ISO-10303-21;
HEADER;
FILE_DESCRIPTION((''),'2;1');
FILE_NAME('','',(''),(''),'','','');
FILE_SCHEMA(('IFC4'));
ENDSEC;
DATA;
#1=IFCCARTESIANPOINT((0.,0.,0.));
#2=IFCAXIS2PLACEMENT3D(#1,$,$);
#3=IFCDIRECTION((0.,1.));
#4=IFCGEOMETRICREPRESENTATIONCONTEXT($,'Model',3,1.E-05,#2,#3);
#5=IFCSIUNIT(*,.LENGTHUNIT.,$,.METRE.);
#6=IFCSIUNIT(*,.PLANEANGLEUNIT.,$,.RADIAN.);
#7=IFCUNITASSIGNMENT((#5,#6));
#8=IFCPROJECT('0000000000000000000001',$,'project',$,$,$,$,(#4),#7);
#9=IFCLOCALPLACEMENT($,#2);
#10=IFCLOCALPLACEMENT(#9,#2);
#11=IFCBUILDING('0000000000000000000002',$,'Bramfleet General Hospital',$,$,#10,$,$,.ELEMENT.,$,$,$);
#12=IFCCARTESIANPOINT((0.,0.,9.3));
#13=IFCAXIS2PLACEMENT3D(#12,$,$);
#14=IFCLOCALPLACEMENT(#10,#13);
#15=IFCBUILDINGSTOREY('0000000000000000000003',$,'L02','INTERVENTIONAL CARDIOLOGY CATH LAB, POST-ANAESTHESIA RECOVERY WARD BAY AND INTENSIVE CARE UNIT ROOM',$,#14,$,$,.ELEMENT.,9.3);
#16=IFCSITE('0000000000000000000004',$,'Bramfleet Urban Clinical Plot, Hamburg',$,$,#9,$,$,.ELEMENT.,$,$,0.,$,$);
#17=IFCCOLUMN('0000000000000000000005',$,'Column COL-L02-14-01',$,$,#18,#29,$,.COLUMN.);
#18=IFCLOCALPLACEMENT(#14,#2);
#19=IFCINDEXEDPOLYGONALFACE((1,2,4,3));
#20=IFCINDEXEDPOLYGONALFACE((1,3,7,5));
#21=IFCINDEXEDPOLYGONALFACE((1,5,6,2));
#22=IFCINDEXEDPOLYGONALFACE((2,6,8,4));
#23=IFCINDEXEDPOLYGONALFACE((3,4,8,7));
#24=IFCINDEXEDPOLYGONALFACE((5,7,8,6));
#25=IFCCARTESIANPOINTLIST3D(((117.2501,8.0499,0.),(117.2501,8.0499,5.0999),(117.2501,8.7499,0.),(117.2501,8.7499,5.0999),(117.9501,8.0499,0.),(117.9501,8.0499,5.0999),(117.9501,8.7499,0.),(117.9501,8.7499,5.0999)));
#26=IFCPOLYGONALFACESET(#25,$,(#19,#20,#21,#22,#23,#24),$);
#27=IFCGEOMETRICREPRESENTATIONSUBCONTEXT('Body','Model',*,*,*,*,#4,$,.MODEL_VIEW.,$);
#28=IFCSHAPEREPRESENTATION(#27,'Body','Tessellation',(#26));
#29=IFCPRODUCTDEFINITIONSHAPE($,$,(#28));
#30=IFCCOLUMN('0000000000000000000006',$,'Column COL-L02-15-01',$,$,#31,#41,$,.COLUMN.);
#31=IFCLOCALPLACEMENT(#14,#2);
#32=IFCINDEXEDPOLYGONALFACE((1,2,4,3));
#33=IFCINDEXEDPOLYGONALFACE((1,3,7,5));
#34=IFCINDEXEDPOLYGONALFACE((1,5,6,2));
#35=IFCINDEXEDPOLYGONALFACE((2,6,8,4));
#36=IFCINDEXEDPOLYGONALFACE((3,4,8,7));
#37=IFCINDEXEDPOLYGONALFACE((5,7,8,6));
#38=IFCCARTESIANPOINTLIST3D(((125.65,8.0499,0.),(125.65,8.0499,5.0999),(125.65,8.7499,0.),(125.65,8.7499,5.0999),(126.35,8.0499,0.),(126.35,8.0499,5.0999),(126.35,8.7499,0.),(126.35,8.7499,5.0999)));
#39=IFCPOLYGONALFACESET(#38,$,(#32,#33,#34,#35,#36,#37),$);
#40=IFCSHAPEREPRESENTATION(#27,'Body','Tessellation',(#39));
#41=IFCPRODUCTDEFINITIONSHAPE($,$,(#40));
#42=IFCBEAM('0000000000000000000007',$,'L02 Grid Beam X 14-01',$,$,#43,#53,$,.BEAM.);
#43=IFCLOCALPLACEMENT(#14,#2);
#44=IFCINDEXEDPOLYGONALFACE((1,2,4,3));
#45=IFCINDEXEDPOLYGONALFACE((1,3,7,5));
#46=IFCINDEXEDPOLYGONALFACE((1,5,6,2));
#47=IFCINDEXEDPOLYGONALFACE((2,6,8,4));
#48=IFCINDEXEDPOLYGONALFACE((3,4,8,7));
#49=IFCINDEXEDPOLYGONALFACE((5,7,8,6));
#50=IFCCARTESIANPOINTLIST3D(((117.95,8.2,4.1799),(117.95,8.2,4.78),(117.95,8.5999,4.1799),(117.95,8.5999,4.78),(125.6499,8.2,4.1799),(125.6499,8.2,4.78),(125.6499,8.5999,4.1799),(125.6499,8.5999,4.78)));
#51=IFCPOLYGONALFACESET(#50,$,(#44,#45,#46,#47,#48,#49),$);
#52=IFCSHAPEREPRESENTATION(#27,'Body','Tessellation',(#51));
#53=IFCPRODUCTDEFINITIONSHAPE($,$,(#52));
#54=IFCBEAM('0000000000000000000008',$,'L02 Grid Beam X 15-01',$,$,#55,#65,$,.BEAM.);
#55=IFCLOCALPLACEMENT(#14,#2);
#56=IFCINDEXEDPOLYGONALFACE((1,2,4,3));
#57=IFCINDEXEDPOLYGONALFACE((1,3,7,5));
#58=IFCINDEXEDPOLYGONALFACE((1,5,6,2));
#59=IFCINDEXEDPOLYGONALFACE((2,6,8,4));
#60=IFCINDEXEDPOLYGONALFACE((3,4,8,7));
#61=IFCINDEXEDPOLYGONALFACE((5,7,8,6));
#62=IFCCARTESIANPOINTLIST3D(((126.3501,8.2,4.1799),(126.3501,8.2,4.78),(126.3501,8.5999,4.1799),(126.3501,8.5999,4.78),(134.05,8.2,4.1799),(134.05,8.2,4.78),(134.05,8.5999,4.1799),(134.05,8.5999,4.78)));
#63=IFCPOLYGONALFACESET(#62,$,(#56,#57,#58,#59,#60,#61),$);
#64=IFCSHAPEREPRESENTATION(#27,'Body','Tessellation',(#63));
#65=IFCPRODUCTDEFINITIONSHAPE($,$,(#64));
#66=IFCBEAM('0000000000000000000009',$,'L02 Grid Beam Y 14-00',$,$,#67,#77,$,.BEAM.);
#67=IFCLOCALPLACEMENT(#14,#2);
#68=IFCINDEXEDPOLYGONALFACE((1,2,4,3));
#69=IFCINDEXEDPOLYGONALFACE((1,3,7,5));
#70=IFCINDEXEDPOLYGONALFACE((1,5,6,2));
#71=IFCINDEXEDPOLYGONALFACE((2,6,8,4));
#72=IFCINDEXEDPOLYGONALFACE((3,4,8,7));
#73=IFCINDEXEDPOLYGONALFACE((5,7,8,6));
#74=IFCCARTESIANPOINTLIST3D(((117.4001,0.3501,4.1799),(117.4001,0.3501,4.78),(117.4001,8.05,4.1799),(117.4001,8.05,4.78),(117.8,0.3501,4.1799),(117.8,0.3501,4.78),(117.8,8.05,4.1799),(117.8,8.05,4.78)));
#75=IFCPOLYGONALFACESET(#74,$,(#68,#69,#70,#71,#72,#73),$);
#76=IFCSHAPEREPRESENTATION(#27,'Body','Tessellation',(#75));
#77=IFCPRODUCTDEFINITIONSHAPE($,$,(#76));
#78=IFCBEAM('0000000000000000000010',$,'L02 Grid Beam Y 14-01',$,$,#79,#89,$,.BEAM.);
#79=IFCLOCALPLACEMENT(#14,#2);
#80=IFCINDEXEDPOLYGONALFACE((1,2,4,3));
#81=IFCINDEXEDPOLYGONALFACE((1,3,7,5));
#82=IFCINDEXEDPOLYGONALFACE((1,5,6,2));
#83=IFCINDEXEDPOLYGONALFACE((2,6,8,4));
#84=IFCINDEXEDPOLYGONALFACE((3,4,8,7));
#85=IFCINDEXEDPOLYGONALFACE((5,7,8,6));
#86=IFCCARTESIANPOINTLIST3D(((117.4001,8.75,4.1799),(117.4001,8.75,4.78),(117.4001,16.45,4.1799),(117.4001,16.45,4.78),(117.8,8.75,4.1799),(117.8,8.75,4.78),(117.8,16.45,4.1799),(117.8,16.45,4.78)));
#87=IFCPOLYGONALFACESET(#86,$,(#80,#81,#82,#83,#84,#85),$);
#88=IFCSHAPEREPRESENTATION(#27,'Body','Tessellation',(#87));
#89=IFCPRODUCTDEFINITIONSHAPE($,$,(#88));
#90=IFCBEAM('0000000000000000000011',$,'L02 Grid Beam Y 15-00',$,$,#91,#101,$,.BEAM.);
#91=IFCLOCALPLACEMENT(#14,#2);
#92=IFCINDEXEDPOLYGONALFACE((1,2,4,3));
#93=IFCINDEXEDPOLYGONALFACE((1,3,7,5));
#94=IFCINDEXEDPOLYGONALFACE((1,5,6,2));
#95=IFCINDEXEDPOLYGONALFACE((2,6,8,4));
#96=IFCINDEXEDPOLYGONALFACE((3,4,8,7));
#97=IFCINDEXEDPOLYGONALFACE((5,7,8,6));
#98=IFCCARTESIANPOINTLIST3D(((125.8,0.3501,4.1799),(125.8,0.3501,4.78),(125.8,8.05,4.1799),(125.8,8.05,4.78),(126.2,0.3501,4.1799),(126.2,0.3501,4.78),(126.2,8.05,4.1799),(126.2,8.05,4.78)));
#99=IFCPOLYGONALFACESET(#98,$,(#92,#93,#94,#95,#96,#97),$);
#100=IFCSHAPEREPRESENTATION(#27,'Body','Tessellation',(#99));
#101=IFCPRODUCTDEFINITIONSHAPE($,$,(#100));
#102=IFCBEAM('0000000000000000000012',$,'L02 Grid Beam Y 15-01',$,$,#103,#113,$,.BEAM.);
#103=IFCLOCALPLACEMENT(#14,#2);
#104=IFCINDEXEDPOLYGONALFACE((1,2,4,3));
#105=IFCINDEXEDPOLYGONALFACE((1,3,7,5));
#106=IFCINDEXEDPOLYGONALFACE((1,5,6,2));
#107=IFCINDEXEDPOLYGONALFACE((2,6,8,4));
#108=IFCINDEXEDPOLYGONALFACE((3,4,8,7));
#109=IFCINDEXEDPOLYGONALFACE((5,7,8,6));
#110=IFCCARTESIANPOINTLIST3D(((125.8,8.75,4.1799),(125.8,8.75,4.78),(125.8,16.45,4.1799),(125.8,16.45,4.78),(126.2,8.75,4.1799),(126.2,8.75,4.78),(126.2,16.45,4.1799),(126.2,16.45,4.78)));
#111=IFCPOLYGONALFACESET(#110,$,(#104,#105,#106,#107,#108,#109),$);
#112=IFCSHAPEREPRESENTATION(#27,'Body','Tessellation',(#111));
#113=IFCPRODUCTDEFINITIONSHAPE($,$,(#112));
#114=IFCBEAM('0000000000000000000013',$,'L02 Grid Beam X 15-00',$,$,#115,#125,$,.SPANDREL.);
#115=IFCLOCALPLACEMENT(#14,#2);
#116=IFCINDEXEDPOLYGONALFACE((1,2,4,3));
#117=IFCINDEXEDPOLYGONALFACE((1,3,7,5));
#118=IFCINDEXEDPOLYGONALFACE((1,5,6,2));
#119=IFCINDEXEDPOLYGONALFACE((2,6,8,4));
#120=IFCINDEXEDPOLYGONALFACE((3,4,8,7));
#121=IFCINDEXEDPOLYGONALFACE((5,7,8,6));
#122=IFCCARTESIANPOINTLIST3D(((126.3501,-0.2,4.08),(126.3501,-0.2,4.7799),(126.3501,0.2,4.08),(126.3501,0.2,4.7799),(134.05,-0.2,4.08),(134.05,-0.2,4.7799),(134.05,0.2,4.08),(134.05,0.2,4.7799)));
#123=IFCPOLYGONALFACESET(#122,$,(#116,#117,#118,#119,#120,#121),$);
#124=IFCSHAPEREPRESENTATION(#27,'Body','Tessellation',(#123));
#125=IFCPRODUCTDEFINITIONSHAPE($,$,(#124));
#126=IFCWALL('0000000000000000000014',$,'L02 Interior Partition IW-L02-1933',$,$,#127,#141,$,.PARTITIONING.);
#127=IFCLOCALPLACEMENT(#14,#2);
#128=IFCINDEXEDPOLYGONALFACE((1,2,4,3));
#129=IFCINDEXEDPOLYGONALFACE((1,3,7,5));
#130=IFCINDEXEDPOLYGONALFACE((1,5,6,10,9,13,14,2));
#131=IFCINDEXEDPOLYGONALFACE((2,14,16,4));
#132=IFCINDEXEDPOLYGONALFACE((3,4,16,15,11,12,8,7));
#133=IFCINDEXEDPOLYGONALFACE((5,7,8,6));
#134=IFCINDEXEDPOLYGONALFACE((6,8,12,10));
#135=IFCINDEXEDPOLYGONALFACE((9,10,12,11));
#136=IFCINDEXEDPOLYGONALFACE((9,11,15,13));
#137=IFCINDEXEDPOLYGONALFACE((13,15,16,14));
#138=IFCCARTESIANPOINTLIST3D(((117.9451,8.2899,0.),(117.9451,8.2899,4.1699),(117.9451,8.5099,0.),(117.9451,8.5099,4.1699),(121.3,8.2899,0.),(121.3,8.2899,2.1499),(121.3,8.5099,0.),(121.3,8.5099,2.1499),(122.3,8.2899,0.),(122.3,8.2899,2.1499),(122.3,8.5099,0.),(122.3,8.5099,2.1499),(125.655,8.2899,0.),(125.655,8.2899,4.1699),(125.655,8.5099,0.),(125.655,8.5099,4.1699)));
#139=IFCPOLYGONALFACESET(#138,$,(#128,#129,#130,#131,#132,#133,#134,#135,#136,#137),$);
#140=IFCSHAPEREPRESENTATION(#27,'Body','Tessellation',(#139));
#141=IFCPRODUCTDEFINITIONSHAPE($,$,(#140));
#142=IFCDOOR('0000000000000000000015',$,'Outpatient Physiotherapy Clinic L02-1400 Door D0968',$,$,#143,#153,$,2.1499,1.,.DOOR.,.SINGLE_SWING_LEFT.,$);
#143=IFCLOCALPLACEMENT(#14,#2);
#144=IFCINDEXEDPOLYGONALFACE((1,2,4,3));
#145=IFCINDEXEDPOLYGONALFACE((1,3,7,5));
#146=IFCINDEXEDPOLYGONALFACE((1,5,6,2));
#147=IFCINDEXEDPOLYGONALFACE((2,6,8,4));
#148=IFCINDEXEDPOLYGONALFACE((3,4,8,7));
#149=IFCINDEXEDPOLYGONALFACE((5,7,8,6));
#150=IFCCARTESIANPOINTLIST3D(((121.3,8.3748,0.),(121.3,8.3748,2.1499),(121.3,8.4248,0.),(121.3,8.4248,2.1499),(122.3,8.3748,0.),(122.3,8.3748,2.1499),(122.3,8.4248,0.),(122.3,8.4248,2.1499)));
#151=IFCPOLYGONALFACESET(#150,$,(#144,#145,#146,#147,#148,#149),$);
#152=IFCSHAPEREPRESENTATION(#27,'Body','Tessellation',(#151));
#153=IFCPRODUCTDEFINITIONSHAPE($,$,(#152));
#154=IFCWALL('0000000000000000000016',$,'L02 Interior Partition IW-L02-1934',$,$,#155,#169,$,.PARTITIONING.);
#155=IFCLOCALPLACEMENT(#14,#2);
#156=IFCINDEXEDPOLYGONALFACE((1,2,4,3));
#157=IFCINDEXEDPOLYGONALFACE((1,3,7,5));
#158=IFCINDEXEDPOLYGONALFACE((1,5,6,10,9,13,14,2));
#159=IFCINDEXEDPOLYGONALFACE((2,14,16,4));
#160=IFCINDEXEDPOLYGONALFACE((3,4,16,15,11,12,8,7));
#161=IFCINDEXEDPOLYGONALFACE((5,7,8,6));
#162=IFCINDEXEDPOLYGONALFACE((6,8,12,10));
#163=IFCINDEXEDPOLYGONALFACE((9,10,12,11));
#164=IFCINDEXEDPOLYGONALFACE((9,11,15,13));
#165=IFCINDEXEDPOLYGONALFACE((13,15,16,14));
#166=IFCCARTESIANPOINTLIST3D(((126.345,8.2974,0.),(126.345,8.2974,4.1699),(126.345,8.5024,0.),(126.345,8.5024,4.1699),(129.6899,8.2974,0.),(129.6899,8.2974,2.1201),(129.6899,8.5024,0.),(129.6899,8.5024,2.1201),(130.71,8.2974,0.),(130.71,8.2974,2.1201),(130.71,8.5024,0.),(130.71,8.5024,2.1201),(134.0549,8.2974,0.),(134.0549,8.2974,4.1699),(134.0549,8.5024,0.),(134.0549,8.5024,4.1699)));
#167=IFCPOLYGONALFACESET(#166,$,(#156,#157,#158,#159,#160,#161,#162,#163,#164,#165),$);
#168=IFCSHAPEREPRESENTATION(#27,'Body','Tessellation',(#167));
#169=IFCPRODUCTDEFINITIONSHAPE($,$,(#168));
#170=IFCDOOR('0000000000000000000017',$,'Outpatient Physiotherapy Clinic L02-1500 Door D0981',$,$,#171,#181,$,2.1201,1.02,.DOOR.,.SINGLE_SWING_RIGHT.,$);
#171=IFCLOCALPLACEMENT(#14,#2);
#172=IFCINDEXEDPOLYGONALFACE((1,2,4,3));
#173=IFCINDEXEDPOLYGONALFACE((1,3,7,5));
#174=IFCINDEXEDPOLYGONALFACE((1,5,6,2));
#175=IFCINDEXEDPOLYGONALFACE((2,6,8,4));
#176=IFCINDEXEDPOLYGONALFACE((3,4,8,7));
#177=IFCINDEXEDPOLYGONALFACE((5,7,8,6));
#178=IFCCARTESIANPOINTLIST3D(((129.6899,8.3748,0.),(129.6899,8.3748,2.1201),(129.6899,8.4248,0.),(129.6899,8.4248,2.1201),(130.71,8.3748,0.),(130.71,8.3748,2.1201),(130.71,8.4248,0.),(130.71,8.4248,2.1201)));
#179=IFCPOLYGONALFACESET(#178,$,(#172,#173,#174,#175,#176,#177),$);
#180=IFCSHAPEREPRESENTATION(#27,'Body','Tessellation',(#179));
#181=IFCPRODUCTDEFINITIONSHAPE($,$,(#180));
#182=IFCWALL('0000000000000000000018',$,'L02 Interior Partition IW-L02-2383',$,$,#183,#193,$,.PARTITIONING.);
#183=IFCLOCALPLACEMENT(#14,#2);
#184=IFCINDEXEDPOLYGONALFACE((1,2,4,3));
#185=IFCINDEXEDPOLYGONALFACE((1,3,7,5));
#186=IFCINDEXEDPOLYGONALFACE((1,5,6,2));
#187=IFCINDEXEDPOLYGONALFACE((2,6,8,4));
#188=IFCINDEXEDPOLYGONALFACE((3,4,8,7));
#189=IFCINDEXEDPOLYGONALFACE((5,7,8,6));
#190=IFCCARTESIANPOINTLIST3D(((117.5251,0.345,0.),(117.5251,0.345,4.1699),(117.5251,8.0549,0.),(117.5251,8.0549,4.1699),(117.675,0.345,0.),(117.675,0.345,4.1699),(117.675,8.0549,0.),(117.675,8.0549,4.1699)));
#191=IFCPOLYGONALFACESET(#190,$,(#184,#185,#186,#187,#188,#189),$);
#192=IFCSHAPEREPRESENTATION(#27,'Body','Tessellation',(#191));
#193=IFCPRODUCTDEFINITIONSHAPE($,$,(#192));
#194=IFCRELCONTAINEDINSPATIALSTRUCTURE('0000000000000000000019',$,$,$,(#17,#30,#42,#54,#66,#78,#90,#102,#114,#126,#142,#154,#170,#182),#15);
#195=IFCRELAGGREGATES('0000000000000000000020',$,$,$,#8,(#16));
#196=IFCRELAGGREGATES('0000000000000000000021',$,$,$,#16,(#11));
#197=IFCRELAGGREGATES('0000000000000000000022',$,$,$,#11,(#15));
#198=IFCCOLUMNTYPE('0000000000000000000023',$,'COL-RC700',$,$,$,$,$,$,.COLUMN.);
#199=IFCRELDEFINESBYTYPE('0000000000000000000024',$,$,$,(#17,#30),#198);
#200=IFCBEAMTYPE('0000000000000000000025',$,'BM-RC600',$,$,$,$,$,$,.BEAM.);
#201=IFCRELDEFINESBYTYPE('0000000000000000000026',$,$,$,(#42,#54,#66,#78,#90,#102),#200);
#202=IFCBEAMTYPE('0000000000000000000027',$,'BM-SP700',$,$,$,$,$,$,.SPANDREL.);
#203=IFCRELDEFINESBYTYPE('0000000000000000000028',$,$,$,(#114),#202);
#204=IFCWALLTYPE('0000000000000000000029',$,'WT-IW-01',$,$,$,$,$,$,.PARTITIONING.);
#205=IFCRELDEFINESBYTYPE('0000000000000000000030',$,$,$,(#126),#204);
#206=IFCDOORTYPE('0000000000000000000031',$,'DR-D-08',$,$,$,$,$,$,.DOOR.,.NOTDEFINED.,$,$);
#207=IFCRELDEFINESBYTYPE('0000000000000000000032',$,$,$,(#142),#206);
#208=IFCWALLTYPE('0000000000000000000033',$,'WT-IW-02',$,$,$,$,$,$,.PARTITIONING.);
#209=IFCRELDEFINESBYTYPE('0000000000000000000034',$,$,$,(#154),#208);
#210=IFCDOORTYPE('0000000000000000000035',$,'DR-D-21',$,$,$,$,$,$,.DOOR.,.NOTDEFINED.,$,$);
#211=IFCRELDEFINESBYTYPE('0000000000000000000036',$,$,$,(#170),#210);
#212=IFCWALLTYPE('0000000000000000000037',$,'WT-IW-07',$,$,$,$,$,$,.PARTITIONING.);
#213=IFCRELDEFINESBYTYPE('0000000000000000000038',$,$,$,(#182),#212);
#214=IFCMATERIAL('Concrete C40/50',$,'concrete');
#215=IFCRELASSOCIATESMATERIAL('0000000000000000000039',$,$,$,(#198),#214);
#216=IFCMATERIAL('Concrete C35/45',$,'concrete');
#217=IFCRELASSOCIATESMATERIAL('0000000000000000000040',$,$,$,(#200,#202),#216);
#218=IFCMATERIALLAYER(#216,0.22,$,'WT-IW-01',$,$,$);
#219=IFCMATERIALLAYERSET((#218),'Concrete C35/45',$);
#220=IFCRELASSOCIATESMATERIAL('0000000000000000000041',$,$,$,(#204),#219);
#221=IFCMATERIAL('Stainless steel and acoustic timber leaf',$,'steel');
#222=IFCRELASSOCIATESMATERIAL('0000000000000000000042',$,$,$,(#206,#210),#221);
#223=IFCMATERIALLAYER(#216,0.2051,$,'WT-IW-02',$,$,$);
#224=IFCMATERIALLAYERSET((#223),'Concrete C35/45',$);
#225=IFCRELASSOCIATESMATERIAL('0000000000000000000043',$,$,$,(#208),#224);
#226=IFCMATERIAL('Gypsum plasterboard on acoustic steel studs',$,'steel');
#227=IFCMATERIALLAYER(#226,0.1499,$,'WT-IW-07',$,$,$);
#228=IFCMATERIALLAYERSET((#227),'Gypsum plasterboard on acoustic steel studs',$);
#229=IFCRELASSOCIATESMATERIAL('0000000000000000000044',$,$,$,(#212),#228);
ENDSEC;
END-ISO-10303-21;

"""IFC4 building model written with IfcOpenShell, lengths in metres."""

from ifc_helpers import new_model, si_unit, direction, frame, frame_2d, origin, origin_2d, place, context, subcontext, project, spatial, rectangle, extrude, material, layer, layer_set, material_profile, profile_set, type_object, element, fill, save


model = new_model("IFC4")

# Units and contexts
model_context = context("Model", 3, precision=1e-05, world=origin(), true_north=direction((0.0, 1.0)))
body_context = subcontext(model_context, "Body", "Model", "MODEL_VIEW")
ifc_project = project(units=[si_unit("LENGTHUNIT", "METRE"), si_unit("PLANEANGLEUNIT", "RADIAN")], contexts=[model_context])

# Site, building, storey
site_placement = place(None, origin())
site = spatial("IfcSite", under=ifc_project, at=site_placement, Name="Bramfleet Urban Clinical Plot, Hamburg", CompositionType="ELEMENT", RefElevation=0.0)
building_placement = place(site_placement, origin())
building = spatial("IfcBuilding", under=site, at=building_placement, Name="Bramfleet General Hospital", CompositionType="ELEMENT")
storey_placement = place(building_placement, frame((0.0, 0.0, 9.3)))
storey = spatial("IfcBuildingStorey", under=building, at=storey_placement, Name="L02", Description="INTERVENTIONAL CARDIOLOGY CATH LAB, POST-ANAESTHESIA RECOVERY WARD BAY AND INTENSIVE CARE UNIT ROOM", CompositionType="ELEMENT", Elevation=9.3)

# Columns
ifc_material_1 = material(Name="Concrete C40/50", Category="concrete")
ifc_material_profile_1 = material_profile(ifc_material_1, rectangle(XDim=0.7, YDim=0.7, at=origin_2d()), Name="RC COL 700x700")
ifc_profile_set_1 = profile_set([ifc_material_profile_1], Name="Concrete C40/50")
column_type = type_object("IfcColumnType", Name="COL-RC700", PredefinedType="COLUMN", material=ifc_profile_set_1)
for number, where, z_axis, x_axis, name in (
    (1, (117.6001, 8.3999, 0.0), (0.0, 0.0, 1.0), (1.0, 0.0, 0.0), "Column COL-L02-14-01"),
    (2, (126.0, 8.3999, 0.0), (0.0, 0.0, 1.0), (1.0, 0.0, 0.0), "Column COL-L02-15-01"),
):
    element("IfcColumn", number, at=place(storey_placement, frame(where, z_axis=z_axis, x_axis=x_axis)), inside=storey, type_object=column_type, Name=name, PredefinedType="COLUMN", context=body_context, shape_type="SweptSolid", body=[
        extrude(rectangle(XDim=0.7, YDim=0.7, at=origin_2d()), origin(), (0.0, 0.0, 1.0), 5.0999),
    ])

# Beams
ifc_material_2 = material(Name="Concrete C35/45", Category="concrete")
ifc_material_profile_2 = material_profile(ifc_material_2, rectangle(XDim=0.3999, YDim=0.6001, at=origin_2d()), Name="RC BM 600x400")
ifc_profile_set_2 = profile_set([ifc_material_profile_2], Name="Concrete C35/45")
beam_type_1 = type_object("IfcBeamType", Name="BM-RC600", PredefinedType="BEAM", material=ifc_profile_set_2)
for number, where, z_axis, x_axis, name in (
    (3, (117.95, 8.3999, 4.48), (1.0, 0.0, 0.0), (0.0, 1.0, 0.0), "L02 Grid Beam X 14-01"),
    (4, (126.3501, 8.3999, 4.48), (1.0, 0.0, 0.0), (0.0, 1.0, 0.0), "L02 Grid Beam X 15-01"),
    (5, (117.6001, 0.3501, 4.48), (0.0, 1.0, 0.0), (-1.0, 0.0, 0.0), "L02 Grid Beam Y 14-00"),
    (6, (117.6001, 8.75, 4.48), (0.0, 1.0, 0.0), (-1.0, 0.0, 0.0), "L02 Grid Beam Y 14-01"),
    (7, (126.0, 0.3501, 4.48), (0.0, 1.0, 0.0), (-1.0, 0.0, 0.0), "L02 Grid Beam Y 15-00"),
    (8, (126.0, 8.75, 4.48), (0.0, 1.0, 0.0), (-1.0, 0.0, 0.0), "L02 Grid Beam Y 15-01"),
):
    element("IfcBeam", number, at=place(storey_placement, frame(where, z_axis=z_axis, x_axis=x_axis)), inside=storey, type_object=beam_type_1, Name=name, PredefinedType="BEAM", context=body_context, shape_type="SweptSolid", body=[
        extrude(rectangle(XDim=0.3999, YDim=0.6001, at=origin_2d()), origin(), (0.0, 0.0, 1.0), 7.7),
    ])
ifc_material_profile_3 = material_profile(ifc_material_2, rectangle(XDim=0.3999, YDim=0.7, at=origin_2d()), Name="RC SP 700x400")
ifc_profile_set_3 = profile_set([ifc_material_profile_3], Name="Concrete C35/45")
beam_type_2 = type_object("IfcBeamType", Name="BM-SP700", PredefinedType="SPANDREL", material=ifc_profile_set_3)
beam_placement = place(storey_placement, frame((126.3501, 0.0, 4.4299), z_axis=(1.0, 0.0, 0.0), x_axis=(0.0, 1.0, 0.0)))
element("IfcBeam", 9, at=beam_placement, inside=storey, type_object=beam_type_2, Name="L02 Grid Beam X 15-00", PredefinedType="SPANDREL", context=body_context, shape_type="SweptSolid", body=[
    extrude(rectangle(XDim=0.3999, YDim=0.7, at=origin_2d()), origin(), (0.0, 0.0, 1.0), 7.7),
])

# Walls, openings, doors
ifc_layer_1 = layer(ifc_material_2, 0.22, Name="WT-IW-01")
ifc_layer_set_1 = layer_set([ifc_layer_1], Name="Concrete C35/45")
wall_type_1 = type_object("IfcWallType", Name="WT-IW-01", PredefinedType="PARTITIONING", material=ifc_layer_set_1)
wall_1_placement = place(storey_placement, frame((117.9451, 8.3999, 0.0), z_axis=(0.0, 0.0, 1.0), x_axis=(1.0, 0.0, 0.0)))
wall_1 = element("IfcWall", 10, at=wall_1_placement, inside=storey, type_object=wall_type_1, Name="L02 Interior Partition IW-L02-1933", PredefinedType="PARTITIONING", context=body_context, shape_type="SweptSolid", body=[
    extrude(rectangle(XDim=7.71, YDim=0.22, at=frame_2d((3.855, 0.0))), origin(), (0.0, 0.0, 1.0), 4.1699),
])
opening_1_placement = place(wall_1_placement, frame((3.355, 0.0, 0.0)))
opening_1 = element("IfcOpeningElement", 11, at=opening_1_placement, cuts=wall_1, PredefinedType="OPENING", context=body_context, shape_type="SweptSolid", body=[
    extrude(rectangle(XDim=1.0, YDim=2.1499, at=frame_2d((0.5, 1.075))), frame((0.0, 0.1199, 0.0), z_axis=(0.0, -1.0, 0.0), x_axis=(1.0, 0.0, 0.0)), (0.0, 0.0, 1.0), 0.24),
])
ifc_material_3 = material(Name="Stainless steel and acoustic timber leaf", Category="steel")
door_type_1 = type_object("IfcDoorType", Name="DR-D-08", OperationType="NOTDEFINED", PredefinedType="DOOR", material=ifc_material_3)
door_1_placement = place(opening_1_placement, origin())
door_1 = element("IfcDoor", 12, at=door_1_placement, inside=storey, type_object=door_type_1, Name="Outpatient Physiotherapy Clinic L02-1400 Door D0968", OperationType="SINGLE_SWING_LEFT", OverallHeight=2.1499, OverallWidth=1.0, PredefinedType="DOOR", context=body_context, shape_type="SweptSolid", body=[
    extrude(rectangle(XDim=1.0, YDim=2.1499, at=frame_2d((0.5, 1.075))), frame((0.0, 0.0249, 0.0), z_axis=(0.0, -1.0, 0.0), x_axis=(1.0, 0.0, 0.0)), (0.0, 0.0, 1.0), 0.05),
])
fill(opening_1, door_1)
ifc_layer_2 = layer(ifc_material_2, 0.2051, Name="WT-IW-02")
ifc_layer_set_2 = layer_set([ifc_layer_2], Name="Concrete C35/45")
wall_type_2 = type_object("IfcWallType", Name="WT-IW-02", PredefinedType="PARTITIONING", material=ifc_layer_set_2)
wall_2_placement = place(storey_placement, frame((126.345, 8.3999, 0.0), z_axis=(0.0, 0.0, 1.0), x_axis=(1.0, 0.0, 0.0)))
wall_2 = element("IfcWall", 13, at=wall_2_placement, inside=storey, type_object=wall_type_2, Name="L02 Interior Partition IW-L02-1934", PredefinedType="PARTITIONING", context=body_context, shape_type="SweptSolid", body=[
    extrude(rectangle(XDim=7.71, YDim=0.2051, at=frame_2d((3.855, 0.0))), origin(), (0.0, 0.0, 1.0), 4.1699),
])
opening_2_placement = place(wall_2_placement, frame((3.345, 0.0, 0.0)))
opening_2 = element("IfcOpeningElement", 14, at=opening_2_placement, cuts=wall_2, PredefinedType="OPENING", context=body_context, shape_type="SweptSolid", body=[
    extrude(rectangle(XDim=1.02, YDim=2.1201, at=frame_2d((0.51, 1.0601))), frame((0.0, 0.1125, 0.0), z_axis=(0.0, -1.0, 0.0), x_axis=(1.0, 0.0, 0.0)), (0.0, 0.0, 1.0), 0.2251),
])
door_type_2 = type_object("IfcDoorType", Name="DR-D-21", OperationType="NOTDEFINED", PredefinedType="DOOR", material=ifc_material_3)
door_2_placement = place(opening_2_placement, origin())
door_2 = element("IfcDoor", 15, at=door_2_placement, inside=storey, type_object=door_type_2, Name="Outpatient Physiotherapy Clinic L02-1500 Door D0981", OperationType="SINGLE_SWING_RIGHT", OverallHeight=2.1201, OverallWidth=1.02, PredefinedType="DOOR", context=body_context, shape_type="SweptSolid", body=[
    extrude(rectangle(XDim=1.02, YDim=2.1201, at=frame_2d((0.51, 1.0601))), frame((0.0, 0.0249, 0.0), z_axis=(0.0, -1.0, 0.0), x_axis=(1.0, 0.0, 0.0)), (0.0, 0.0, 1.0), 0.05),
])
fill(opening_2, door_2)

# Wall
ifc_material_4 = material(Name="Gypsum plasterboard on acoustic steel studs", Category="steel")
ifc_layer_3 = layer(ifc_material_4, 0.1499, Name="WT-IW-07")
ifc_layer_set_3 = layer_set([ifc_layer_3], Name="Gypsum plasterboard on acoustic steel studs")
wall_type_3 = type_object("IfcWallType", Name="WT-IW-07", PredefinedType="PARTITIONING", material=ifc_layer_set_3)
wall_3_placement = place(storey_placement, frame((117.6001, 0.345, 0.0), z_axis=(0.0, 0.0, 1.0), x_axis=(0.0, 1.0, 0.0)))
element("IfcWall", 16, at=wall_3_placement, inside=storey, type_object=wall_type_3, Name="L02 Interior Partition IW-L02-2383", PredefinedType="PARTITIONING", context=body_context, shape_type="SweptSolid", body=[
    extrude(rectangle(XDim=7.71, YDim=0.1499, at=frame_2d((3.855, 0.0))), origin(), (0.0, 0.0, 1.0), 4.1699),
])

save(model, "model.ifc")
